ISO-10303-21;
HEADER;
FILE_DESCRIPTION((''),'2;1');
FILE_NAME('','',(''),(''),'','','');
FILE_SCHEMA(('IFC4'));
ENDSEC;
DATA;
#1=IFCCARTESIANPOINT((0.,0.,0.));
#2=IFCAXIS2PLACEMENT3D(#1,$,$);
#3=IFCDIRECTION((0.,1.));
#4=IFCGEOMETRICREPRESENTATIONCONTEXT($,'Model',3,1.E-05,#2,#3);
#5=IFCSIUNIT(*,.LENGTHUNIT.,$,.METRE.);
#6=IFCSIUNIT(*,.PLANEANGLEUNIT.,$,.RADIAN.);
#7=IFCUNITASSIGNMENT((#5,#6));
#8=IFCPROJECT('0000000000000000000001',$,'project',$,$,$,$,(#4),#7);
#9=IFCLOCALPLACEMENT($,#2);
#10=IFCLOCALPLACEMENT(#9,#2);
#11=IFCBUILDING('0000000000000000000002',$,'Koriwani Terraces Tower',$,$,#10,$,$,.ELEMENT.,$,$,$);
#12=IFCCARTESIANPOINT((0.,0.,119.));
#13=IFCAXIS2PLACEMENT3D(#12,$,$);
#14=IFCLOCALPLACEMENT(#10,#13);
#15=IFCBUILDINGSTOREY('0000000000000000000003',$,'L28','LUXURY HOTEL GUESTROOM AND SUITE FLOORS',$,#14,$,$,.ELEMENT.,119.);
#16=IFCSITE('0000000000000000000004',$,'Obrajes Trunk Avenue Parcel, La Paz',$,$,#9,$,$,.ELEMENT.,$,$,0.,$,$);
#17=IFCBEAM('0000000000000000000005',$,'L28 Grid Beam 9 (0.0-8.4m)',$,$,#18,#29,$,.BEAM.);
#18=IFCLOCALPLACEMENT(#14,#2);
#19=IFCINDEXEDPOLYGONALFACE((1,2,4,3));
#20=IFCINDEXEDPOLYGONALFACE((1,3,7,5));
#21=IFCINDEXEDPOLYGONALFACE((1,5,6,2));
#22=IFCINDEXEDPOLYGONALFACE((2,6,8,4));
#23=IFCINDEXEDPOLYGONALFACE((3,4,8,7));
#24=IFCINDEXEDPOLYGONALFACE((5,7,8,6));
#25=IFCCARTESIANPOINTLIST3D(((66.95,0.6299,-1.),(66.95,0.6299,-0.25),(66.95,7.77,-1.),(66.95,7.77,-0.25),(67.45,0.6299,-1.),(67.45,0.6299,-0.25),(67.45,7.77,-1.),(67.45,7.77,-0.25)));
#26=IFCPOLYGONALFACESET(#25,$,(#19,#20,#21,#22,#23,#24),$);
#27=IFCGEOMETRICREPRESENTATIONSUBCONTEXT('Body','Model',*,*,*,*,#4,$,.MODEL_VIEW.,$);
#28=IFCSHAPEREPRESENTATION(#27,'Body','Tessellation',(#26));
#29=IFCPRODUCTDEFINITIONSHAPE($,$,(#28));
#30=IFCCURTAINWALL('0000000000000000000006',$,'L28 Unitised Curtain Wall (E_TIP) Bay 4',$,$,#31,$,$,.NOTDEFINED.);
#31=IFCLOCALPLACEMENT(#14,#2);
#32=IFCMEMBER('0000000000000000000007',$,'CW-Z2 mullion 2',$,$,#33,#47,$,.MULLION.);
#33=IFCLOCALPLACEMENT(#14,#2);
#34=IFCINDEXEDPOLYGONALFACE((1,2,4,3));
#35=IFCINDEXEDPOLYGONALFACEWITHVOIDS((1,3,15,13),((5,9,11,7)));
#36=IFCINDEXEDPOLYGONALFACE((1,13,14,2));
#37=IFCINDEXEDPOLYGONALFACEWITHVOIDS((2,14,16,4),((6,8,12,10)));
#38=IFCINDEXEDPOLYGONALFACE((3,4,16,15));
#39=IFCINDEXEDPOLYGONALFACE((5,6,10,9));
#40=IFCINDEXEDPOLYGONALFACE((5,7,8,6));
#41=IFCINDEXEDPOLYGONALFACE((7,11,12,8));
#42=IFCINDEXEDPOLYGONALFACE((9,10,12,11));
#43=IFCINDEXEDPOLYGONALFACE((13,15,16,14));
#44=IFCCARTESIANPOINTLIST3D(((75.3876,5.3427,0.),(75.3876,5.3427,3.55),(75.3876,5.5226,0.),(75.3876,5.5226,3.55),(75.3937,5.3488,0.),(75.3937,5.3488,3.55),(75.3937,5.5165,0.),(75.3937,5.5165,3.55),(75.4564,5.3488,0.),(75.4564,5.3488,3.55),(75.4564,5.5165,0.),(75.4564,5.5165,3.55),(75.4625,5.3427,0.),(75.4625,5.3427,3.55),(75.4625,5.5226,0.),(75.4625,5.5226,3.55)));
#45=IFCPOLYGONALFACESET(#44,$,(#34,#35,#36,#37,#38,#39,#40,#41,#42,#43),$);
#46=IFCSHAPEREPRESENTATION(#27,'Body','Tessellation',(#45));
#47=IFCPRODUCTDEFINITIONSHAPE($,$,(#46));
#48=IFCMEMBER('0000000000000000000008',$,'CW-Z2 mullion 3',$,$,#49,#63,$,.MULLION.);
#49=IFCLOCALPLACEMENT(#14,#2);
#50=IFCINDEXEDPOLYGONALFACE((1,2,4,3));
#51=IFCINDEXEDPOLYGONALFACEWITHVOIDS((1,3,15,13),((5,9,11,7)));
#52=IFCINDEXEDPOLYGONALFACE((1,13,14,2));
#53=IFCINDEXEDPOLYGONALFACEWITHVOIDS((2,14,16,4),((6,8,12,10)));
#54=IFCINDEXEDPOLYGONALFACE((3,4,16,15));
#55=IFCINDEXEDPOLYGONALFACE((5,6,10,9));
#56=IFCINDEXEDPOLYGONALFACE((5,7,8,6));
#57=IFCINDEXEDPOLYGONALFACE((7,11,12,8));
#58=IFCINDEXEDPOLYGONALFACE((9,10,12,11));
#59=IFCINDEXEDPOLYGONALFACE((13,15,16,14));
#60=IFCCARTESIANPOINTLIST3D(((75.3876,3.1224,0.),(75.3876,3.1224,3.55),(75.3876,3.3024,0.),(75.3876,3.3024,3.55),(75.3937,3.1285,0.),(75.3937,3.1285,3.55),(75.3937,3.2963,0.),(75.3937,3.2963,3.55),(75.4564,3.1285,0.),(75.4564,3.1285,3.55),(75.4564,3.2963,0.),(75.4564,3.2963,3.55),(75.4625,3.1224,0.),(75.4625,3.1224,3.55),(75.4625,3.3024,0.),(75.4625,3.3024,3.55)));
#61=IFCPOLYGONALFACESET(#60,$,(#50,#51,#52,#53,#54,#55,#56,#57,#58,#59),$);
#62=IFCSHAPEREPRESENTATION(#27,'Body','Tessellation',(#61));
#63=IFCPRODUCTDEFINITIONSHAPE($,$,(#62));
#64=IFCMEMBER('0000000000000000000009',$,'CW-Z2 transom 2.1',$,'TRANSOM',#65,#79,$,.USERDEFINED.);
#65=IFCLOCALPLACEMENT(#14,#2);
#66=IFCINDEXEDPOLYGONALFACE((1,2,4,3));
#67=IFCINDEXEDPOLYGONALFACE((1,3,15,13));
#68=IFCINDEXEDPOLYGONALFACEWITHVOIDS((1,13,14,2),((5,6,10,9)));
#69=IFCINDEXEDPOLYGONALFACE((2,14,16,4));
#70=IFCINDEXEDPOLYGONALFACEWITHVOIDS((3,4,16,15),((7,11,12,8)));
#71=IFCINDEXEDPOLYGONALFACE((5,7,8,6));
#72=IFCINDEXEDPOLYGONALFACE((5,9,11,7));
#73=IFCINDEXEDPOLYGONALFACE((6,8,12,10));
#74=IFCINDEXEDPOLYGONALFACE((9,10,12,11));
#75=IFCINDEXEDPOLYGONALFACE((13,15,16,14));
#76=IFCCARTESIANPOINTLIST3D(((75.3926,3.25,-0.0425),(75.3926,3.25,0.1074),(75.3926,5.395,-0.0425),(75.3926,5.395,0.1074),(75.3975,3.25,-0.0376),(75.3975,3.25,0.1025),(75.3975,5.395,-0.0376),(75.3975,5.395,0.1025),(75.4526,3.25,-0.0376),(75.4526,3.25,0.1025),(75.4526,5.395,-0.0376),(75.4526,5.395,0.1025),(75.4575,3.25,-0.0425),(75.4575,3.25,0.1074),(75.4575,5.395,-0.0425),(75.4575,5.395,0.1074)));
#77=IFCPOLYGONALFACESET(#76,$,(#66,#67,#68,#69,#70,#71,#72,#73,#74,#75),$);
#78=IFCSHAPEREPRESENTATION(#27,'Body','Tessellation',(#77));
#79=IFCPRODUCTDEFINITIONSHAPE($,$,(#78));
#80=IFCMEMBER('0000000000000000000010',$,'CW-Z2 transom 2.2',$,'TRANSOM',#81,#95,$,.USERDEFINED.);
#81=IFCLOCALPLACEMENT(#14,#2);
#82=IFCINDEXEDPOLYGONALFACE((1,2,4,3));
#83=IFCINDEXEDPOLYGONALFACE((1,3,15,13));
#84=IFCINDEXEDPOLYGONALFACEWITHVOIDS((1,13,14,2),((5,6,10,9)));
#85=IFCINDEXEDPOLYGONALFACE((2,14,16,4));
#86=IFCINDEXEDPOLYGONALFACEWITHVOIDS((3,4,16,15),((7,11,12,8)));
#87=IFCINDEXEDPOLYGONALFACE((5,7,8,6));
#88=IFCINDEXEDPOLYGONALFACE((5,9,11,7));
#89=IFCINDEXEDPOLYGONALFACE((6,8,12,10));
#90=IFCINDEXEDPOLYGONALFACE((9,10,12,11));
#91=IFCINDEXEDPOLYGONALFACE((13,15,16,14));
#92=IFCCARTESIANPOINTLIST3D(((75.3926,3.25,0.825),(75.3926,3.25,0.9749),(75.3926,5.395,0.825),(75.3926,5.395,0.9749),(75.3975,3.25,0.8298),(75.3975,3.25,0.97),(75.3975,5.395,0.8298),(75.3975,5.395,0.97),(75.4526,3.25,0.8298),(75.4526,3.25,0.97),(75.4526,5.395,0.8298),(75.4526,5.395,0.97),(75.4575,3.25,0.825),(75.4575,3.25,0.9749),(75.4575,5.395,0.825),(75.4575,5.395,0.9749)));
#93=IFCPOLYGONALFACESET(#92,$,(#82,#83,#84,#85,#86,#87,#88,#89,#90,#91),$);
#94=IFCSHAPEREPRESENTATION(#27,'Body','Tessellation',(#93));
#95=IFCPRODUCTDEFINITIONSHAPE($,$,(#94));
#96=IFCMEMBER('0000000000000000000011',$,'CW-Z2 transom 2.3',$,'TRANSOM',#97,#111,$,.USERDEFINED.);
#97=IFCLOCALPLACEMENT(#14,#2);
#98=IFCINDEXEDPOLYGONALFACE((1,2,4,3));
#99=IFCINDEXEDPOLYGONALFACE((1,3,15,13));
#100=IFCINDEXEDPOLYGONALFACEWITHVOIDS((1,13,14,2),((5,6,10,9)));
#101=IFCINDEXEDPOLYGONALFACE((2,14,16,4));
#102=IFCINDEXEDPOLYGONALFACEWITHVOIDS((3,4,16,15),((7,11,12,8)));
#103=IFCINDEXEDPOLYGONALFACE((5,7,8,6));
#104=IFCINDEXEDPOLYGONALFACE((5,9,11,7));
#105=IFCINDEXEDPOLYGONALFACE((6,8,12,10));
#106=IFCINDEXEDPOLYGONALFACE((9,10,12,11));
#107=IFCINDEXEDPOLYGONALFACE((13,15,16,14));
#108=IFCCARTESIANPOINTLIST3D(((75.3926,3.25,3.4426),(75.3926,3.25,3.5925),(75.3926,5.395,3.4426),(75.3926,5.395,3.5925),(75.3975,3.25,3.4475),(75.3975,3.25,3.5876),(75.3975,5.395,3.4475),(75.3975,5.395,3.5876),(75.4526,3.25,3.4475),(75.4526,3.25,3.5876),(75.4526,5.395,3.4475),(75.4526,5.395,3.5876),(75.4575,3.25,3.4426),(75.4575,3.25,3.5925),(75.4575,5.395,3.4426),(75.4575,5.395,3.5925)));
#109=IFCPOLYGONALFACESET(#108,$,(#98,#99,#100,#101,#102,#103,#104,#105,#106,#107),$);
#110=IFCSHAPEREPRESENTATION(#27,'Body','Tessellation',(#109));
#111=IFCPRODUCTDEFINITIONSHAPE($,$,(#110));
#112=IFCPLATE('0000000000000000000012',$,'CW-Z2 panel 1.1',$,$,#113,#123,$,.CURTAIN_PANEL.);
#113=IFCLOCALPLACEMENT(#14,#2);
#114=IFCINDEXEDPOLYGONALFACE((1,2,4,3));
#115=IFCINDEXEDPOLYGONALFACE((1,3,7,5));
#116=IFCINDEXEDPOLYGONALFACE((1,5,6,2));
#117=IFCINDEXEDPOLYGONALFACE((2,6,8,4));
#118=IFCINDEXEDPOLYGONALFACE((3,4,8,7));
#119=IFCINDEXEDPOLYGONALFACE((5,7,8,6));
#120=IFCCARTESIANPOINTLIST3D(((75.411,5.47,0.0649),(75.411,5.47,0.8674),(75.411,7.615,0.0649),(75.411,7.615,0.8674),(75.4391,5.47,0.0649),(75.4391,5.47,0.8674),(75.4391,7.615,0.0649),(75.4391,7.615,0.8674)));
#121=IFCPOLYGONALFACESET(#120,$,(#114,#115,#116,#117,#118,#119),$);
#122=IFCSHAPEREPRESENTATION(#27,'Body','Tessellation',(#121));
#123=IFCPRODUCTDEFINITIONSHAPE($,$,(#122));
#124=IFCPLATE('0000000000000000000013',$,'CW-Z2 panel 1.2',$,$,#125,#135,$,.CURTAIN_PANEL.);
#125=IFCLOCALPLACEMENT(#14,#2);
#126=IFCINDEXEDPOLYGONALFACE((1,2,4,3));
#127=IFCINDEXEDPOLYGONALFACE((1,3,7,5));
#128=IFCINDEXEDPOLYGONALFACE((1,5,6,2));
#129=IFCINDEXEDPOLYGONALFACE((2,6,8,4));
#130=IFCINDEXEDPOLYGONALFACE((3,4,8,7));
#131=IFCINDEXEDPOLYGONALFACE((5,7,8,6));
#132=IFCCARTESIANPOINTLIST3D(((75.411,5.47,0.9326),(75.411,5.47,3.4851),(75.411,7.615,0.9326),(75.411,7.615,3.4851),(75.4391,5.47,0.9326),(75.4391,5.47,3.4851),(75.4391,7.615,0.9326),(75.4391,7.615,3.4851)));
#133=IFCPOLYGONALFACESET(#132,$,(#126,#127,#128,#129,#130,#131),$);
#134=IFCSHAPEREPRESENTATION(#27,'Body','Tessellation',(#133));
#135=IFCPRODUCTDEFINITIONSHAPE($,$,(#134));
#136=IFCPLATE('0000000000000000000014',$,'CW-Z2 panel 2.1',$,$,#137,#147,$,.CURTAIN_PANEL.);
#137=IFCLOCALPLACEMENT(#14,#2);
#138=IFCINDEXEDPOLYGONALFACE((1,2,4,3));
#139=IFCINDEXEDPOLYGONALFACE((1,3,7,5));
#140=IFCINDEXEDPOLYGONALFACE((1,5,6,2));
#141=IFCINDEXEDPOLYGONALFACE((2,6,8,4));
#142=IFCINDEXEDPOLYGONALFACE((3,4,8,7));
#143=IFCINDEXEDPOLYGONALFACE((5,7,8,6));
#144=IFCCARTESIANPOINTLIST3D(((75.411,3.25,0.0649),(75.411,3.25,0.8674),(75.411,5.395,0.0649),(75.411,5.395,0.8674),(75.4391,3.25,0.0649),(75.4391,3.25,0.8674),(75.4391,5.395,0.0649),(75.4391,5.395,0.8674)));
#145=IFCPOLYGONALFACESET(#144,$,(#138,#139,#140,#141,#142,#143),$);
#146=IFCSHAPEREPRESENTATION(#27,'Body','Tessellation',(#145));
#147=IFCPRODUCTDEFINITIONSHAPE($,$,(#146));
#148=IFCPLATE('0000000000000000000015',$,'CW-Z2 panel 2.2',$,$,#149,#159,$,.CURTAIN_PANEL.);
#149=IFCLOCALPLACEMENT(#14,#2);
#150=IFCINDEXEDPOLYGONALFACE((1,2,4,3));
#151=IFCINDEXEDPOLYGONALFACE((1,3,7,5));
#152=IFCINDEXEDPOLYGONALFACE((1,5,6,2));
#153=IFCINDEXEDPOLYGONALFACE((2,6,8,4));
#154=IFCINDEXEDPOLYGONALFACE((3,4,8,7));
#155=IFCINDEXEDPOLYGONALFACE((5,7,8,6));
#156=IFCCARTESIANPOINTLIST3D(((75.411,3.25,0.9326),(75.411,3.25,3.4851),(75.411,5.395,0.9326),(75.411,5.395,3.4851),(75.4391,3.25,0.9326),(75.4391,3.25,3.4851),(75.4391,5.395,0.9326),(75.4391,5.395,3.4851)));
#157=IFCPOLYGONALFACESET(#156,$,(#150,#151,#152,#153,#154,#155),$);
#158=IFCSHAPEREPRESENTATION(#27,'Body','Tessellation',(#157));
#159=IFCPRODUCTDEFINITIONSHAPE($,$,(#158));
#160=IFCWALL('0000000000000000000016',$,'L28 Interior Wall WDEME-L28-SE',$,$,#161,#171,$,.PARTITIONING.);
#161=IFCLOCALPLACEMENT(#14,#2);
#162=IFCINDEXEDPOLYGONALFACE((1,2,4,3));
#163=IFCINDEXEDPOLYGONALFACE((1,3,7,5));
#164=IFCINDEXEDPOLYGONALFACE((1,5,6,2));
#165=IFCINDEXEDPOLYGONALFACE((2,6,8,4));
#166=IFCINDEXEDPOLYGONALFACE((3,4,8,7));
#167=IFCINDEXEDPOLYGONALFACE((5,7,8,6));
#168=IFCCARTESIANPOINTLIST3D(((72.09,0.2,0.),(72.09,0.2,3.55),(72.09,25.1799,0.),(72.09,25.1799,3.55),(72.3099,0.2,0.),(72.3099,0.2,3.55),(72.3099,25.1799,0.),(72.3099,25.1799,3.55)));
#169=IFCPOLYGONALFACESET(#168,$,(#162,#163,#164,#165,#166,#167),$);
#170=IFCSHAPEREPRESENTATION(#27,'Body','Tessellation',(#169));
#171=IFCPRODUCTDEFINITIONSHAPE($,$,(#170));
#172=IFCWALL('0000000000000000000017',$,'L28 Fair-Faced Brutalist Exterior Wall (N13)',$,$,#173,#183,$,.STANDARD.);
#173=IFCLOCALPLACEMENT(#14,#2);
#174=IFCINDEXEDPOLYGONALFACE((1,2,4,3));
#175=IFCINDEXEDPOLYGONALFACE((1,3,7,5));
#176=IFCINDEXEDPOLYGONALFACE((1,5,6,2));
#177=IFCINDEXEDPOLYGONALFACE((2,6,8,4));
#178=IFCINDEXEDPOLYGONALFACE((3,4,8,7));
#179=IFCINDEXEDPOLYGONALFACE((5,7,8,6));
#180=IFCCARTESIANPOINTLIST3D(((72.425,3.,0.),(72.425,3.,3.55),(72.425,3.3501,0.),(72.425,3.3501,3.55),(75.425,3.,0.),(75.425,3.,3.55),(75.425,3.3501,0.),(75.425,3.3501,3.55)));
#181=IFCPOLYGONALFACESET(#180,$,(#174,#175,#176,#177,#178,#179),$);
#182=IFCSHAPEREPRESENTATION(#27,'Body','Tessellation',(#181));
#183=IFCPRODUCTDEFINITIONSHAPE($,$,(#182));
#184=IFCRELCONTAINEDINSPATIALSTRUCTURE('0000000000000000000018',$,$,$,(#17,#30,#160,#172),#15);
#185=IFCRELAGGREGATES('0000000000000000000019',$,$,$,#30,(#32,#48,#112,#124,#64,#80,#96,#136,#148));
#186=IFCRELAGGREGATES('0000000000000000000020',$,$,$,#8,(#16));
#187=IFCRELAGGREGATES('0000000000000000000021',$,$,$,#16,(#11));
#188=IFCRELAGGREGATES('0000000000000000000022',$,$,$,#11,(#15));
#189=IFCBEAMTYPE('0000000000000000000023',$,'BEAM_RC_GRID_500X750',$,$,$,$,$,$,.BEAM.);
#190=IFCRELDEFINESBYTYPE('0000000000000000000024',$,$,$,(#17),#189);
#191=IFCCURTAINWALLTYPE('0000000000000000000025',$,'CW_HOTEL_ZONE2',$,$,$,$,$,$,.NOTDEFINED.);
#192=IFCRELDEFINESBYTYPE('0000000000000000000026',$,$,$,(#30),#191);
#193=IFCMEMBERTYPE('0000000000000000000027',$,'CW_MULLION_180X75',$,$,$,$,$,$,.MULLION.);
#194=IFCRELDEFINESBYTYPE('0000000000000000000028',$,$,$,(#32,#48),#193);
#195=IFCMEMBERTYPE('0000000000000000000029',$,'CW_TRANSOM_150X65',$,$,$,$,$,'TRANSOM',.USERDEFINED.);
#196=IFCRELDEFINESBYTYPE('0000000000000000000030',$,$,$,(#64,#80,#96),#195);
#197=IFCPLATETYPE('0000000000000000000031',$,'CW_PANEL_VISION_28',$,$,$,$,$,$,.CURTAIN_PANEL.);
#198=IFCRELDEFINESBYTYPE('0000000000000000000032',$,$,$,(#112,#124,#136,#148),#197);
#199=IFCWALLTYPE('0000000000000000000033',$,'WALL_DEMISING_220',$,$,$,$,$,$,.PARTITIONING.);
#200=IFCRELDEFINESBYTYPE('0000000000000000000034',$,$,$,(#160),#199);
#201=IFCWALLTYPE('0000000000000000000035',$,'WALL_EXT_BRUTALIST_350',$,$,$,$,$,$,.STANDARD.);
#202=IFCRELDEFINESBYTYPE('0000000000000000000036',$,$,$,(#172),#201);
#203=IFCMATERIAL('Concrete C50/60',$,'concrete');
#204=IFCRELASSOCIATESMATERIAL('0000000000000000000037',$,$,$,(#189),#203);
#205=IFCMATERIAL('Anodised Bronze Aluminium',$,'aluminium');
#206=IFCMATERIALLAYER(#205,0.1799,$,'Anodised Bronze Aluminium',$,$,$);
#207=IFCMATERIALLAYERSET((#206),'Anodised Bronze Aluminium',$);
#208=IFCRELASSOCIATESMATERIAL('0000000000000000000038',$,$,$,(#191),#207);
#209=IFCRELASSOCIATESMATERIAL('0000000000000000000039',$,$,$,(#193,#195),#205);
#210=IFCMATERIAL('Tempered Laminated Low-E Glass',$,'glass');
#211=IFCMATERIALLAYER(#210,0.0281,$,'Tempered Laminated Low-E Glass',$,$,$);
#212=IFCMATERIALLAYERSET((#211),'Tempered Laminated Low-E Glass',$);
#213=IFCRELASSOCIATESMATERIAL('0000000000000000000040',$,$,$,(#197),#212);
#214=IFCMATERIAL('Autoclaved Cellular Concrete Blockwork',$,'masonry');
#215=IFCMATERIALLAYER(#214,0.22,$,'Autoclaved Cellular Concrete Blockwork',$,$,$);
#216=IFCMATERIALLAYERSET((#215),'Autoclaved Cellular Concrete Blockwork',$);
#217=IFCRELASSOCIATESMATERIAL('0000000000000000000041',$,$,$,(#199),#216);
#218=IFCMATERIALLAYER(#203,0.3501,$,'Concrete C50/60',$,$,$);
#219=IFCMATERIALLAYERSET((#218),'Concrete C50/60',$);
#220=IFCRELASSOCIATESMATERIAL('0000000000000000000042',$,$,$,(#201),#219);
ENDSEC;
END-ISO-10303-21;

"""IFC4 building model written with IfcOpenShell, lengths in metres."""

from ifc_helpers import new_model, si_unit, direction, frame, frame_2d, origin, origin_2d, place, context, subcontext, project, spatial, rectangle, hollow_rectangle, extrude, material, layer, layer_set, material_profile, profile_set, type_object, element, aggregate, save


model = new_model("IFC4")

# Units and contexts
model_context = context("Model", 3, precision=1e-05, world=origin(), true_north=direction((0.0, 1.0)))
body_context = subcontext(model_context, "Body", "Model", "MODEL_VIEW")
ifc_project = project(units=[si_unit("LENGTHUNIT", "METRE"), si_unit("PLANEANGLEUNIT", "RADIAN")], contexts=[model_context])

# Site, building, storey
site_placement = place(None, origin())
site = spatial("IfcSite", under=ifc_project, at=site_placement, Name="Obrajes Trunk Avenue Parcel, La Paz", CompositionType="ELEMENT", RefElevation=0.0)
building_placement = place(site_placement, origin())
building = spatial("IfcBuilding", under=site, at=building_placement, Name="Koriwani Terraces Tower", CompositionType="ELEMENT")
storey_placement = place(building_placement, frame((0.0, 0.0, 119.0)))
storey = spatial("IfcBuildingStorey", under=building, at=storey_placement, Name="L28", Description="LUXURY HOTEL GUESTROOM AND SUITE FLOORS", CompositionType="ELEMENT", Elevation=119.0)

# Beam
ifc_material_1 = material(Name="Concrete C50/60", Category="concrete")
ifc_material_profile_1 = material_profile(ifc_material_1, rectangle(XDim=0.5, YDim=0.75, at=origin_2d()), Name="Concrete C50/60", Category="LoadBearing")
ifc_profile_set_1 = profile_set([ifc_material_profile_1], Name="Concrete C50/60")
beam_type = type_object("IfcBeamType", Name="BEAM_RC_GRID_500X750", PredefinedType="BEAM", material=ifc_profile_set_1)
beam_placement = place(storey_placement, frame((67.2, 0.6299, -0.625), z_axis=(0.0, 1.0, 0.0), x_axis=(-1.0, 0.0, 0.0)))
element("IfcBeam", 1, at=beam_placement, inside=storey, type_object=beam_type, Name="L28 Grid Beam 9 (0.0-8.4m)", PredefinedType="BEAM", context=body_context, shape_type="SweptSolid", body=[
    extrude(rectangle(XDim=0.5, YDim=0.75, at=origin_2d()), origin(), (0.0, 0.0, 1.0), 7.1401),
])

# Curtain wall, members, plates
ifc_material_2 = material(Name="Anodised Bronze Aluminium", Category="aluminium")
ifc_layer_1 = layer(ifc_material_2, 0.1799, Name="Anodised Bronze Aluminium")
ifc_layer_set_1 = layer_set([ifc_layer_1], Name="Anodised Bronze Aluminium")
curtain_wall_type = type_object("IfcCurtainWallType", Name="CW_HOTEL_ZONE2", PredefinedType="NOTDEFINED", material=ifc_layer_set_1)
curtain_wall_placement = place(storey_placement, origin())
curtain_wall = element("IfcCurtainWall", 2, at=curtain_wall_placement, inside=storey, type_object=curtain_wall_type, Name="L28 Unitised Curtain Wall (E_TIP) Bay 4", PredefinedType="NOTDEFINED")
ifc_material_profile_2 = material_profile(ifc_material_2, hollow_rectangle(XDim=0.075, YDim=0.1799, WallThickness=0.0061, at=origin_2d()), Name="Anodised Bronze Aluminium", Category="LoadBearing")
ifc_profile_set_2 = profile_set([ifc_material_profile_2], Name="Anodised Bronze Aluminium")
member_type_1 = type_object("IfcMemberType", Name="CW_MULLION_180X75", PredefinedType="MULLION", material=ifc_profile_set_2)
member_1_placement = place(storey_placement, frame((75.425, 5.4326, 0.0), z_axis=(0.0, 0.0, 1.0), x_axis=(1.0, 0.0, 0.0)))
member_1 = element("IfcMember", 3, at=member_1_placement, type_object=member_type_1, Name="CW-Z2 mullion 2", PredefinedType="MULLION", context=body_context, shape_type="SweptSolid", body=[
    extrude(hollow_rectangle(XDim=0.075, YDim=0.1799, WallThickness=0.0061, at=origin_2d()), origin(), (0.0, 0.0, 1.0), 3.55),
])
member_2_placement = place(storey_placement, frame((75.425, 3.2124, 0.0), z_axis=(0.0, 0.0, 1.0), x_axis=(1.0, 0.0, 0.0)))
member_2 = element("IfcMember", 4, at=member_2_placement, type_object=member_type_1, Name="CW-Z2 mullion 3", PredefinedType="MULLION", context=body_context, shape_type="SweptSolid", body=[
    extrude(hollow_rectangle(XDim=0.075, YDim=0.1799, WallThickness=0.0061, at=origin_2d()), origin(), (0.0, 0.0, 1.0), 3.55),
])
ifc_material_profile_3 = material_profile(ifc_material_2, hollow_rectangle(XDim=0.0649, YDim=0.1499, WallThickness=0.0049, at=origin_2d()), Name="Anodised Bronze Aluminium", Category="LoadBearing")
ifc_profile_set_3 = profile_set([ifc_material_profile_3], Name="Anodised Bronze Aluminium")
member_type_2 = type_object("IfcMemberType", Name="CW_TRANSOM_150X65", ElementType="TRANSOM", PredefinedType="USERDEFINED", material=ifc_profile_set_3)
member_3_placement = place(storey_placement, frame((75.425, 5.395, 0.0325), z_axis=(0.0, -1.0, 0.0), x_axis=(1.0, 0.0, 0.0)))
member_3 = element("IfcMember", 5, at=member_3_placement, type_object=member_type_2, Name="CW-Z2 transom 2.1", ObjectType="TRANSOM", PredefinedType="USERDEFINED", context=body_context, shape_type="SweptSolid", body=[
    extrude(hollow_rectangle(XDim=0.0649, YDim=0.1499, WallThickness=0.0049, at=origin_2d()), origin(), (0.0, 0.0, 1.0), 2.145),
])
member_4_placement = place(storey_placement, frame((75.425, 5.395, 0.8999), z_axis=(0.0, -1.0, 0.0), x_axis=(1.0, 0.0, 0.0)))
member_4 = element("IfcMember", 6, at=member_4_placement, type_object=member_type_2, Name="CW-Z2 transom 2.2", ObjectType="TRANSOM", PredefinedType="USERDEFINED", context=body_context, shape_type="SweptSolid", body=[
    extrude(hollow_rectangle(XDim=0.0649, YDim=0.1499, WallThickness=0.0049, at=origin_2d()), origin(), (0.0, 0.0, 1.0), 2.145),
])
member_5_placement = place(storey_placement, frame((75.425, 5.395, 3.5176), z_axis=(0.0, -1.0, 0.0), x_axis=(1.0, 0.0, 0.0)))
member_5 = element("IfcMember", 7, at=member_5_placement, type_object=member_type_2, Name="CW-Z2 transom 2.3", ObjectType="TRANSOM", PredefinedType="USERDEFINED", context=body_context, shape_type="SweptSolid", body=[
    extrude(hollow_rectangle(XDim=0.0649, YDim=0.1499, WallThickness=0.0049, at=origin_2d()), origin(), (0.0, 0.0, 1.0), 2.145),
])
ifc_material_3 = material(Name="Tempered Laminated Low-E Glass", Category="glass")
ifc_layer_2 = layer(ifc_material_3, 0.0281, Name="Tempered Laminated Low-E Glass")
ifc_layer_set_2 = layer_set([ifc_layer_2], Name="Tempered Laminated Low-E Glass")
plate_type = type_object("IfcPlateType", Name="CW_PANEL_VISION_28", PredefinedType="CURTAIN_PANEL", material=ifc_layer_set_2)
plate_1_placement = place(storey_placement, frame((75.425, 6.5425, 0.0649), z_axis=(0.0, 0.0, 1.0), x_axis=(0.0, -1.0, 0.0)))
plate_1 = element("IfcPlate", 8, at=plate_1_placement, type_object=plate_type, Name="CW-Z2 panel 1.1", PredefinedType="CURTAIN_PANEL", context=body_context, shape_type="SweptSolid", body=[
    extrude(rectangle(XDim=2.145, YDim=0.0281, at=origin_2d()), origin(), (0.0, 0.0, 1.0), 0.8025),
])
plate_2_placement = place(storey_placement, frame((75.425, 6.5425, 0.9326), z_axis=(0.0, 0.0, 1.0), x_axis=(0.0, -1.0, 0.0)))
plate_2 = element("IfcPlate", 9, at=plate_2_placement, type_object=plate_type, Name="CW-Z2 panel 1.2", PredefinedType="CURTAIN_PANEL", context=body_context, shape_type="SweptSolid", body=[
    extrude(rectangle(XDim=2.145, YDim=0.0281, at=origin_2d()), origin(), (0.0, 0.0, 1.0), 2.5525),
])
plate_3_placement = place(storey_placement, frame((75.425, 4.3225, 0.0649), z_axis=(0.0, 0.0, 1.0), x_axis=(0.0, -1.0, 0.0)))
plate_3 = element("IfcPlate", 10, at=plate_3_placement, type_object=plate_type, Name="CW-Z2 panel 2.1", PredefinedType="CURTAIN_PANEL", context=body_context, shape_type="SweptSolid", body=[
    extrude(rectangle(XDim=2.145, YDim=0.0281, at=origin_2d()), origin(), (0.0, 0.0, 1.0), 0.8025),
])
plate_4_placement = place(storey_placement, frame((75.425, 4.3225, 0.9326), z_axis=(0.0, 0.0, 1.0), x_axis=(0.0, -1.0, 0.0)))
plate_4 = element("IfcPlate", 11, at=plate_4_placement, type_object=plate_type, Name="CW-Z2 panel 2.2", PredefinedType="CURTAIN_PANEL", context=body_context, shape_type="SweptSolid", body=[
    extrude(rectangle(XDim=2.145, YDim=0.0281, at=origin_2d()), origin(), (0.0, 0.0, 1.0), 2.5525),
])
aggregate(curtain_wall, [member_1, member_2, plate_1, plate_2, member_3, member_4, member_5, plate_3, plate_4])

# Walls
ifc_material_4 = material(Name="Autoclaved Cellular Concrete Blockwork", Category="masonry")
ifc_layer_3 = layer(ifc_material_4, 0.22, Name="Autoclaved Cellular Concrete Blockwork")
ifc_layer_set_3 = layer_set([ifc_layer_3], Name="Autoclaved Cellular Concrete Blockwork")
wall_type_1 = type_object("IfcWallType", Name="WALL_DEMISING_220", PredefinedType="PARTITIONING", material=ifc_layer_set_3)
wall_1_placement = place(storey_placement, frame((72.2, 0.2, 0.0), z_axis=(0.0, 0.0, 1.0), x_axis=(0.0, 1.0, 0.0)))
element("IfcWall", 12, at=wall_1_placement, inside=storey, type_object=wall_type_1, Name="L28 Interior Wall WDEME-L28-SE", PredefinedType="PARTITIONING", context=body_context, shape_type="SweptSolid", body=[
    extrude(rectangle(XDim=24.98, YDim=0.22, at=frame_2d((12.49, 0.0))), origin(), (0.0, 0.0, 1.0), 3.55),
])
ifc_layer_4 = layer(ifc_material_1, 0.3501, Name="Concrete C50/60")
ifc_layer_set_4 = layer_set([ifc_layer_4], Name="Concrete C50/60")
wall_type_2 = type_object("IfcWallType", Name="WALL_EXT_BRUTALIST_350", PredefinedType="STANDARD", material=ifc_layer_set_4)
wall_2_placement = place(storey_placement, frame((75.425, 3.175, 0.0), z_axis=(0.0, 0.0, 1.0), x_axis=(-1.0, 0.0, 0.0)))
element("IfcWall", 13, at=wall_2_placement, inside=storey, type_object=wall_type_2, Name="L28 Fair-Faced Brutalist Exterior Wall (N13)", PredefinedType="STANDARD", context=body_context, shape_type="SweptSolid", body=[
    extrude(rectangle(XDim=3.0, YDim=0.3501, at=frame_2d((1.5, 0.0))), origin(), (0.0, 0.0, 1.0), 3.55),
])

save(model, "model.ifc")
